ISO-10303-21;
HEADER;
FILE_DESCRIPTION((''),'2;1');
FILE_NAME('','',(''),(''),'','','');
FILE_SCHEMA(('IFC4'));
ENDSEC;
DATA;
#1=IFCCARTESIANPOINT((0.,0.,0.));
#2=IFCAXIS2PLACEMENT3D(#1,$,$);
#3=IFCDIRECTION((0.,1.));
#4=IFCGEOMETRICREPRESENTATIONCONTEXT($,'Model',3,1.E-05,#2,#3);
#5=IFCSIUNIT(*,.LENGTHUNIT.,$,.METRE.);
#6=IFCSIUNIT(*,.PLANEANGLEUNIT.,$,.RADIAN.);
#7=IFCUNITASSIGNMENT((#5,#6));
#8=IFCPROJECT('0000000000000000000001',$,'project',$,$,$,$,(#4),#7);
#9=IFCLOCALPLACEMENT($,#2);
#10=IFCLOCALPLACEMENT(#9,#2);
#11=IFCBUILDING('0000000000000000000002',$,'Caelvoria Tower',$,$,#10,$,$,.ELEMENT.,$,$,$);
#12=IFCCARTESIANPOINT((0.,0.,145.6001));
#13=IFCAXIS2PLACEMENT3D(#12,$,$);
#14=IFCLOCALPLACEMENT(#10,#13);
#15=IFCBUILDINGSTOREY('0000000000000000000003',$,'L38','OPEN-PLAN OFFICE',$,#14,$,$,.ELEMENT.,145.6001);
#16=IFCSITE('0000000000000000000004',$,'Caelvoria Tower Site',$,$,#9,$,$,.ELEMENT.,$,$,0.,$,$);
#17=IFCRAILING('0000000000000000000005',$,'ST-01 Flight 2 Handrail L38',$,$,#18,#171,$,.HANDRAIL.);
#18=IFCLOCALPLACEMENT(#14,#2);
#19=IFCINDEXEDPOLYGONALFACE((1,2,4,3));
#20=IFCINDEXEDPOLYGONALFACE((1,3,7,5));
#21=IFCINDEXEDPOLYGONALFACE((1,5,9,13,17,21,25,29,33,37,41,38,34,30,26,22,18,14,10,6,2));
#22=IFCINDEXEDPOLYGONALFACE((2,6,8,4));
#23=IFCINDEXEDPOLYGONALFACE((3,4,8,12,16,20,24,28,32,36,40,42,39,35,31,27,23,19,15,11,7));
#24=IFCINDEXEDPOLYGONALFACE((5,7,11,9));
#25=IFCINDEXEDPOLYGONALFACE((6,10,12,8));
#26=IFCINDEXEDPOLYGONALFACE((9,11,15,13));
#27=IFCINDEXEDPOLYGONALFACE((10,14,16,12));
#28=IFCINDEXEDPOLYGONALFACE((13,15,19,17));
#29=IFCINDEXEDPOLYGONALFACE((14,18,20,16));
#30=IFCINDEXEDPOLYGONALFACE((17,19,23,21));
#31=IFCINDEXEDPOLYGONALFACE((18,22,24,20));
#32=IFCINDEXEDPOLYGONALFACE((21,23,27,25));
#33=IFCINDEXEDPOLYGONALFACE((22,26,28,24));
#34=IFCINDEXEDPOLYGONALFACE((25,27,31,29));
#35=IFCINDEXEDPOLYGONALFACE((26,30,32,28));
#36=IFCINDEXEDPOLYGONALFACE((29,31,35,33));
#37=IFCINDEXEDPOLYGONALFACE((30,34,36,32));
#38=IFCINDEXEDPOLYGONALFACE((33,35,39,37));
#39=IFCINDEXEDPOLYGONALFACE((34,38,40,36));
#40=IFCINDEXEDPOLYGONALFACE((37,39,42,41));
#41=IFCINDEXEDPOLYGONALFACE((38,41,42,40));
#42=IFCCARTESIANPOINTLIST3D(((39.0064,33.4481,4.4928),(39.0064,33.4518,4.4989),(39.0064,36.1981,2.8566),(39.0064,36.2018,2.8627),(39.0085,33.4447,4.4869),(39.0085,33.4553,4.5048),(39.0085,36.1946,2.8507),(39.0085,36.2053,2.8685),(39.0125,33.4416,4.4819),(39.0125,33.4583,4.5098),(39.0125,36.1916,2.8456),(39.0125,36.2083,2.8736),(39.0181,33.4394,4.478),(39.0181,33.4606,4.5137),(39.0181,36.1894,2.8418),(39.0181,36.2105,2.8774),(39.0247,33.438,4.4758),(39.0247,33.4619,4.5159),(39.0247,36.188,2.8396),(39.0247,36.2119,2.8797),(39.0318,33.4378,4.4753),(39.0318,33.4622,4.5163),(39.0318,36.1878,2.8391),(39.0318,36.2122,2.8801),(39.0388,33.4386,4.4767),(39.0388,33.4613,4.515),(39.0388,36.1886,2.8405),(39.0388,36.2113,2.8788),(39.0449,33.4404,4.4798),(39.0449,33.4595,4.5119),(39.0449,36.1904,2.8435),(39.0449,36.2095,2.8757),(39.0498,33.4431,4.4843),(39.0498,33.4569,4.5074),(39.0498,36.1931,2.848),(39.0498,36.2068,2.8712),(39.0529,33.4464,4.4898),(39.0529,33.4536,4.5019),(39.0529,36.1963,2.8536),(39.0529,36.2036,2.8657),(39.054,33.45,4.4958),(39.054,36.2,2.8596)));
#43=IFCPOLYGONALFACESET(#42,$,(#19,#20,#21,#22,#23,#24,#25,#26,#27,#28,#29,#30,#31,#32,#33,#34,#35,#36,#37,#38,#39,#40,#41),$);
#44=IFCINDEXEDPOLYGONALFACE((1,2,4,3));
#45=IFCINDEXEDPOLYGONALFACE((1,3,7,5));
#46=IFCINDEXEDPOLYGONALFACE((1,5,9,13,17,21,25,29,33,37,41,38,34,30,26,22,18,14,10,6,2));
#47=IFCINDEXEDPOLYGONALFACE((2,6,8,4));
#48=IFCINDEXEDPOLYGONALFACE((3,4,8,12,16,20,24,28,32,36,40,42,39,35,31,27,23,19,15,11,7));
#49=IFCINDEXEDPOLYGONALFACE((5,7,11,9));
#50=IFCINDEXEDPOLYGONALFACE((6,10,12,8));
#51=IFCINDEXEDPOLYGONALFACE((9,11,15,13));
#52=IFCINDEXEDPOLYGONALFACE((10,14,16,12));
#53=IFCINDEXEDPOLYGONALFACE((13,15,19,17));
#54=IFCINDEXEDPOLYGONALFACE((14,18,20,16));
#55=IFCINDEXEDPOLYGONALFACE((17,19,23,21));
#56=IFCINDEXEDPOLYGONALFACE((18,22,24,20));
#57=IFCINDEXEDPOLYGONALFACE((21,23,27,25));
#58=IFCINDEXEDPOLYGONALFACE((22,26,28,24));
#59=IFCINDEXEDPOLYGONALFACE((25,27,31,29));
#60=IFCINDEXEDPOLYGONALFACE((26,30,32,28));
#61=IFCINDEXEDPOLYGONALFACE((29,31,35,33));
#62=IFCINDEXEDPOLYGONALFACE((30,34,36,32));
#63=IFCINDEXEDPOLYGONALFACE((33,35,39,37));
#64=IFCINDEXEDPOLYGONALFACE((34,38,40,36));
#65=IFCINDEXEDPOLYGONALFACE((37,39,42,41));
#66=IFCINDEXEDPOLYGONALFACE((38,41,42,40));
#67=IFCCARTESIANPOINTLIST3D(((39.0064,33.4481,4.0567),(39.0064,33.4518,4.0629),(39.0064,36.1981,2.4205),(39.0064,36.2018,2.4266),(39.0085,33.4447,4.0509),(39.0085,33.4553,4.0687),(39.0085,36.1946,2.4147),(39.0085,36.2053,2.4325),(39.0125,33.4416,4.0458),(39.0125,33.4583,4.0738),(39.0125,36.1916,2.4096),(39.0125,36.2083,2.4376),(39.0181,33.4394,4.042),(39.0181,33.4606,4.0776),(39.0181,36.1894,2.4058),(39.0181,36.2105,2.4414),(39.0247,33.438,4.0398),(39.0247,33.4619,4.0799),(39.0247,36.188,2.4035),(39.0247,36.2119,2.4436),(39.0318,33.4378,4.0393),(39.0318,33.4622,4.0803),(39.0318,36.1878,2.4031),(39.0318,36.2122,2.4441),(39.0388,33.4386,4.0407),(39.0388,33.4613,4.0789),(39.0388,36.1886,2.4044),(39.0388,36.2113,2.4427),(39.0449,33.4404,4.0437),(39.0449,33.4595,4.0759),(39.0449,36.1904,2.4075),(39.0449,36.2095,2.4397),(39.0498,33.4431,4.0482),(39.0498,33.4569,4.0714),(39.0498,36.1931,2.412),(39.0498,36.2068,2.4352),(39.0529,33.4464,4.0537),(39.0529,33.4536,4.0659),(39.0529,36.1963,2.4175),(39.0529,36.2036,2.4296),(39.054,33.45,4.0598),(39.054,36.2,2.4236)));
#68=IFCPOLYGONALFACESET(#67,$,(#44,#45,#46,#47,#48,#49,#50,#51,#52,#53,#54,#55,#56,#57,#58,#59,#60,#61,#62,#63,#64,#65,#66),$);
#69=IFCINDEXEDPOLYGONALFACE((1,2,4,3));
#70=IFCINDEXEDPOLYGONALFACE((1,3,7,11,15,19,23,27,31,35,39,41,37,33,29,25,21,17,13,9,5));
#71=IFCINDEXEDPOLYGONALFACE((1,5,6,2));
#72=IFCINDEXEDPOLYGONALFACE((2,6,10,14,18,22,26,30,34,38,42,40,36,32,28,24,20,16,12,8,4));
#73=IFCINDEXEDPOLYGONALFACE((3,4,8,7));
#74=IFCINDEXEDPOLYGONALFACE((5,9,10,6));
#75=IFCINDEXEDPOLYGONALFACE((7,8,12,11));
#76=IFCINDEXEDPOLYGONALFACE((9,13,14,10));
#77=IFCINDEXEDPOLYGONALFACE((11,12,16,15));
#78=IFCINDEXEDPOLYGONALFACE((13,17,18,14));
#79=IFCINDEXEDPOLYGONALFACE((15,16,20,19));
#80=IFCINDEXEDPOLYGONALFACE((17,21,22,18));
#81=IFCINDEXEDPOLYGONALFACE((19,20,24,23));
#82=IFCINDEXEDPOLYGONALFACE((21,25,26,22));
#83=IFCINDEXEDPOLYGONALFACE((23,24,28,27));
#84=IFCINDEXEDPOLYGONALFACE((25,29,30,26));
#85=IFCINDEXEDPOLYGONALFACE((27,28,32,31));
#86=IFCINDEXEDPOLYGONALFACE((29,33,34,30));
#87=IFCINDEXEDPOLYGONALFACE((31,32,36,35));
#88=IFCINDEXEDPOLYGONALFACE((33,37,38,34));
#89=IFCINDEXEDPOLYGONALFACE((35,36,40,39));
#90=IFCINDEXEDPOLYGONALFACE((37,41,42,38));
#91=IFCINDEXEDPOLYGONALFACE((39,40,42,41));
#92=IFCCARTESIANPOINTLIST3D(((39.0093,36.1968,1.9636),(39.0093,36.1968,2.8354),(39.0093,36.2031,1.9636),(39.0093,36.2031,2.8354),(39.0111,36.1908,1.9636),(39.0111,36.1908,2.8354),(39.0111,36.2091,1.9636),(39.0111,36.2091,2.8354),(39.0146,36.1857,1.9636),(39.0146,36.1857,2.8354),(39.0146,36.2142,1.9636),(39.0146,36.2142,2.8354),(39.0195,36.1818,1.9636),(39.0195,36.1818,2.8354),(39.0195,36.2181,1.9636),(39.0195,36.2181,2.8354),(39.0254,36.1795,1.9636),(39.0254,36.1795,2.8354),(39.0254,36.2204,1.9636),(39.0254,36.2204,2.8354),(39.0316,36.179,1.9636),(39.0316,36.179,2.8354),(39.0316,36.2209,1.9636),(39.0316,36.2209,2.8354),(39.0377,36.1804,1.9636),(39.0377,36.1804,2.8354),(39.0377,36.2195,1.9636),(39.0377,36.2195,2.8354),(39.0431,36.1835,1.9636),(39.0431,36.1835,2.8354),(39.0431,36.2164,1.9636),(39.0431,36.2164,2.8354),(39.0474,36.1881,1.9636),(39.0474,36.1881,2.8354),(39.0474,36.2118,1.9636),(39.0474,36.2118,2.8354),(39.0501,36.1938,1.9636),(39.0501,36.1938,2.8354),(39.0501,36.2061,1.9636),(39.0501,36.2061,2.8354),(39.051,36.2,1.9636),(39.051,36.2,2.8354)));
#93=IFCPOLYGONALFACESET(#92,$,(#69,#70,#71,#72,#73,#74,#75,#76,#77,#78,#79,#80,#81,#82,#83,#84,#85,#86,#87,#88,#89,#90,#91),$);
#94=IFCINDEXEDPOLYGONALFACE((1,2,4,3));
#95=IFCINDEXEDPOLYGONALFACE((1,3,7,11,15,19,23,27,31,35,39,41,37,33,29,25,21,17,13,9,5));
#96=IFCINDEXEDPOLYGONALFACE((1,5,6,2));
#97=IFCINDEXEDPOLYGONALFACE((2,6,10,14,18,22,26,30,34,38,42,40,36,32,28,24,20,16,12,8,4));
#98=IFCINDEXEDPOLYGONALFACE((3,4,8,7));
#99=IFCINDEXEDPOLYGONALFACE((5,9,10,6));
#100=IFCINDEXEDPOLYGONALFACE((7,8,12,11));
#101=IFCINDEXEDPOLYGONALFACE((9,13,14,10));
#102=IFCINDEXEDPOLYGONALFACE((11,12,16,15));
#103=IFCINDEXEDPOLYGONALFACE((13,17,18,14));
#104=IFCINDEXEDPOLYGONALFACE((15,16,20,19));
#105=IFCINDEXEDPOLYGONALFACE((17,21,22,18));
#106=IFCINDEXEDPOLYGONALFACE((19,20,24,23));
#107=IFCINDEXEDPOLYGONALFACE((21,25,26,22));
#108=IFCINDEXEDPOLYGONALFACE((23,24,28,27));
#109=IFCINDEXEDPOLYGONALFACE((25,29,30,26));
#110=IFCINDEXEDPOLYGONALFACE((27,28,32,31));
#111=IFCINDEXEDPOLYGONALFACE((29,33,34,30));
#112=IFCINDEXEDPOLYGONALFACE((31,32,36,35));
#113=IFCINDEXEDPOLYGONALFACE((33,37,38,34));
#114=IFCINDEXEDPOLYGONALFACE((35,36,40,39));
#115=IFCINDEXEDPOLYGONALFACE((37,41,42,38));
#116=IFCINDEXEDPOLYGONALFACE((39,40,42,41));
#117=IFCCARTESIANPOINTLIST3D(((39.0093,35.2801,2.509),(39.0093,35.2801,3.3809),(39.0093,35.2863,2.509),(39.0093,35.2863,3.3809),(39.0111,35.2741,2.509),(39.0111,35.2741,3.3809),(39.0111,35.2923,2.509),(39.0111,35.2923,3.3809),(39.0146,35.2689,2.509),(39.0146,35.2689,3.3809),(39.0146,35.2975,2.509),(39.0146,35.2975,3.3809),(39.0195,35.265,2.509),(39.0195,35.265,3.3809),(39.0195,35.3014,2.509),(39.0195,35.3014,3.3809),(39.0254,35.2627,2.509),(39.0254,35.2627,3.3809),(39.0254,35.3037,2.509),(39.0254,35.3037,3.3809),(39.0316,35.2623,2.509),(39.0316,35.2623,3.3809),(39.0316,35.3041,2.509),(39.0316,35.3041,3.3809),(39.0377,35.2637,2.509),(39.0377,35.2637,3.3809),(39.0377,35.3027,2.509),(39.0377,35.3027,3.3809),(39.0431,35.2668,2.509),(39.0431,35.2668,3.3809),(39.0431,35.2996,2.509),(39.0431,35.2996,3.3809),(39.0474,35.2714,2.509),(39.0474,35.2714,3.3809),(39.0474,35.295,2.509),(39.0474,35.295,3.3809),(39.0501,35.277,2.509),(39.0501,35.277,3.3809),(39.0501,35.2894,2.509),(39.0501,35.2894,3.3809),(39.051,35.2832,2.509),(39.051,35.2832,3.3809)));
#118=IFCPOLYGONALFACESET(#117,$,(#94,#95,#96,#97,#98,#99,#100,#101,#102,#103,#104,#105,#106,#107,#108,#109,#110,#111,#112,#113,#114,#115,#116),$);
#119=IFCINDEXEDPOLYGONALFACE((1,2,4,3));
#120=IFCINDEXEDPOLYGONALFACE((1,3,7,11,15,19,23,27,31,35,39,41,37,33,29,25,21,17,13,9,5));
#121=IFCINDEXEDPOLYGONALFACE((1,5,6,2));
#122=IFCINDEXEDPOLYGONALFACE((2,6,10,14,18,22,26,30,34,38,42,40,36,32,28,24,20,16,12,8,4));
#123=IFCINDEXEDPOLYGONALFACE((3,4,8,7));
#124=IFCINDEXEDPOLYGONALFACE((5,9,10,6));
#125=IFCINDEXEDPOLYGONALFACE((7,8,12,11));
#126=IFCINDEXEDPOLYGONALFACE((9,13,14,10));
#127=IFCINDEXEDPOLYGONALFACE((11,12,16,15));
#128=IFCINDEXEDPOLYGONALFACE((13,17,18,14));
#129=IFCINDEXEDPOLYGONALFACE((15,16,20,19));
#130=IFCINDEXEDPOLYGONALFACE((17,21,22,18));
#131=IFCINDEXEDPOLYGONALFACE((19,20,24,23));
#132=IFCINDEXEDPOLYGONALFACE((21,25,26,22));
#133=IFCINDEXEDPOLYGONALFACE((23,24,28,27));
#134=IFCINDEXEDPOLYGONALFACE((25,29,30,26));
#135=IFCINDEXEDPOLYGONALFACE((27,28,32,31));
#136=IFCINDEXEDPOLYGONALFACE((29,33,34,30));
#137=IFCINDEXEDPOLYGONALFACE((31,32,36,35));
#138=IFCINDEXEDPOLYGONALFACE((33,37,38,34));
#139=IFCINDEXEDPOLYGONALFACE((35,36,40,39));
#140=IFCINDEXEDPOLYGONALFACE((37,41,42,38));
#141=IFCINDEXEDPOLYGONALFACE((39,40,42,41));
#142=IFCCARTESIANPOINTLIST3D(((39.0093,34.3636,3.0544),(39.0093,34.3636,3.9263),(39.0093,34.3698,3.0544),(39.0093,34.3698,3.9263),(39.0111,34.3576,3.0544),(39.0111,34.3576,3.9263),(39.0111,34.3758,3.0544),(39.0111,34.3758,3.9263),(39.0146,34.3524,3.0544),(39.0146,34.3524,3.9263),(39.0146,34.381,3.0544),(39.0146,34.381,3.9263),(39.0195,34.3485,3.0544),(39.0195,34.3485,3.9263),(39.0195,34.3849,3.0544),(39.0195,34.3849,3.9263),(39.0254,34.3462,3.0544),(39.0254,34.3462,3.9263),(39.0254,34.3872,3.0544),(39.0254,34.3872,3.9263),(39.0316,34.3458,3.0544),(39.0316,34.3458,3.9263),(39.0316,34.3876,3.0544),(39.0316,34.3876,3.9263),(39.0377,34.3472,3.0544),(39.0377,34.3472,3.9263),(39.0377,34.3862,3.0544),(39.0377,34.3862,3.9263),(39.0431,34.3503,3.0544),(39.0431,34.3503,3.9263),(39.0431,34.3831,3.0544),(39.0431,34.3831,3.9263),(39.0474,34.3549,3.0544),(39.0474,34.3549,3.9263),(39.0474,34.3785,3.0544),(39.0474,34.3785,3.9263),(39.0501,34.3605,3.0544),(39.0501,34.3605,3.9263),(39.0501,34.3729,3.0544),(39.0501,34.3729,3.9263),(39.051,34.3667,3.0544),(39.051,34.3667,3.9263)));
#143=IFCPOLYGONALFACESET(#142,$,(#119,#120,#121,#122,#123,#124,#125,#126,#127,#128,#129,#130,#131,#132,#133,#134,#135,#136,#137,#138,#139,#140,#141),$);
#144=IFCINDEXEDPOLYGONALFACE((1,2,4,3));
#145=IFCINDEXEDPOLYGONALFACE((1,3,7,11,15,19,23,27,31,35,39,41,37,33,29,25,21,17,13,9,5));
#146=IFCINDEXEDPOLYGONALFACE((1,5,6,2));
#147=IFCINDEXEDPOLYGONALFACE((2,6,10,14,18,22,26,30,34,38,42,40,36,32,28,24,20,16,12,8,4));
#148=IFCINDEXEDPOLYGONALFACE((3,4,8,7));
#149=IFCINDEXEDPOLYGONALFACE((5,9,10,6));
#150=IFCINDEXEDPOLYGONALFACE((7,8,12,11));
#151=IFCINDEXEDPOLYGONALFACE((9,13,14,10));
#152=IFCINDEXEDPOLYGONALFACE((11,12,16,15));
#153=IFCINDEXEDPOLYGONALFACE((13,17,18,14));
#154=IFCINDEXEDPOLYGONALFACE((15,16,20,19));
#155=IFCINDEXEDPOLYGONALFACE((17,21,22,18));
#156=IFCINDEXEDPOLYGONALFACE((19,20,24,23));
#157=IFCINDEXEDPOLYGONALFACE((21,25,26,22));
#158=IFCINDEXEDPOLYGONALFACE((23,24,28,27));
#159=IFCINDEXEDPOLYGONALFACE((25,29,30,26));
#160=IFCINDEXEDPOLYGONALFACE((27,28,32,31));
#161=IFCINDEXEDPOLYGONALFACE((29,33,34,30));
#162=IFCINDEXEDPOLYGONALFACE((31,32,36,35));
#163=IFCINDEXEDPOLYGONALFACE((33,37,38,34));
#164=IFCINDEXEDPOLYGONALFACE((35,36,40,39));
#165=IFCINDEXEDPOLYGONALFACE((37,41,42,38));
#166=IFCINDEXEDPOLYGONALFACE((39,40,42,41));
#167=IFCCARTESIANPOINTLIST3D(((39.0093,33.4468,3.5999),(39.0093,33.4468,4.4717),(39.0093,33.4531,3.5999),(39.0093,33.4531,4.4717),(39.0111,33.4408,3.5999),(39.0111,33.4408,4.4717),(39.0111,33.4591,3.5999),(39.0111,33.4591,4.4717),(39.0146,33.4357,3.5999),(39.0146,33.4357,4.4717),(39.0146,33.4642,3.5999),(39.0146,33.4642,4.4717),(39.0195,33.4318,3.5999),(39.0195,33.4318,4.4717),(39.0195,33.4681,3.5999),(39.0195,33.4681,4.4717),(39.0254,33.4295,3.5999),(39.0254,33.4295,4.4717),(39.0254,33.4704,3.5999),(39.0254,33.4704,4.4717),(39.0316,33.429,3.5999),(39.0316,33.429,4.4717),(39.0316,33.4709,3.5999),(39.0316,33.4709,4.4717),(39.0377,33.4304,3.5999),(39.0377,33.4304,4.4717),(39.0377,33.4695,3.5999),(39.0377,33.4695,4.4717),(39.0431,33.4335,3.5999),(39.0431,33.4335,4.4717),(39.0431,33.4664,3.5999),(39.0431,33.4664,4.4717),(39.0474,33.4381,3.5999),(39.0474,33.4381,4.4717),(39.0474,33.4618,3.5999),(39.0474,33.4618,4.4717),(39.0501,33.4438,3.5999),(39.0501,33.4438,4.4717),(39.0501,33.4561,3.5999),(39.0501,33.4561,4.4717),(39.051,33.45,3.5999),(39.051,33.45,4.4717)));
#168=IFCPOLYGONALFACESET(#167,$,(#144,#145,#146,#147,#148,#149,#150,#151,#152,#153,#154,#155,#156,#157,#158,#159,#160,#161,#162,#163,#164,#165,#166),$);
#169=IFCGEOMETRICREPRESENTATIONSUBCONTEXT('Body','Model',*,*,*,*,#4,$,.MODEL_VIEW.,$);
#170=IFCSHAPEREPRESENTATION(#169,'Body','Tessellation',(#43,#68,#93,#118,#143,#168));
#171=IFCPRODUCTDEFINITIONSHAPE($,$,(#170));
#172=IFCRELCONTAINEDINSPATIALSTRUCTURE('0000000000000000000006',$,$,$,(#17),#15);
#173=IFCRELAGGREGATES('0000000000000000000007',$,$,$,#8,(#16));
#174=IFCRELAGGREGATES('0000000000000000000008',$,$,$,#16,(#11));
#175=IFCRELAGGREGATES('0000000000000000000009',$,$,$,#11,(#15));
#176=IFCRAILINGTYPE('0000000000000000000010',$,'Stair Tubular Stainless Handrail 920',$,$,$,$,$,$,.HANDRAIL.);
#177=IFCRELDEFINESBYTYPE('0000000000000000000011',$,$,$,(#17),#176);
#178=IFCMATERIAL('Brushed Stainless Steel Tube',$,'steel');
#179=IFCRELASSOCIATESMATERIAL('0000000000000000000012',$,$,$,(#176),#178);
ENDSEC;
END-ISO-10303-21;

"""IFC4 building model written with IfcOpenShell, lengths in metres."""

from ifc_helpers import new_model, si_unit, direction, frame, origin, origin_2d, place, context, subcontext, project, spatial, circle, extrude, material, type_object, element, save


model = new_model("IFC4")

# Units and contexts
model_context = context("Model", 3, precision=1e-05, world=origin(), true_north=direction((0.0, 1.0)))
body_context = subcontext(model_context, "Body", "Model", "MODEL_VIEW")
ifc_project = project(units=[si_unit("LENGTHUNIT", "METRE"), si_unit("PLANEANGLEUNIT", "RADIAN")], contexts=[model_context])

# Site, building, storey
site_placement = place(None, origin())
site = spatial("IfcSite", under=ifc_project, at=site_placement, Name="Caelvoria Tower Site", CompositionType="ELEMENT", RefElevation=0.0)
building_placement = place(site_placement, origin())
building = spatial("IfcBuilding", under=site, at=building_placement, Name="Caelvoria Tower", CompositionType="ELEMENT")
storey_placement = place(building_placement, frame((0.0, 0.0, 145.6001)))
storey = spatial("IfcBuildingStorey", under=building, at=storey_placement, Name="L38", Description="OPEN-PLAN OFFICE", CompositionType="ELEMENT", Elevation=145.6001)

# Railing
ifc_material_1 = material(Name="Brushed Stainless Steel Tube", Category="steel")
railing_type_1 = type_object("IfcRailingType", Name="Stair Tubular Stainless Handrail 920", PredefinedType="HANDRAIL", material=ifc_material_1)
railing_1_placement = place(storey_placement, frame((39.03, 36.2, 1.9636)))
element("IfcRailing", 1, at=railing_1_placement, inside=storey, type_object=railing_type_1, Name="ST-01 Flight 2 Handrail L38", PredefinedType="HANDRAIL", context=body_context, shape_type="SweptSolid", body=[
    extrude(circle(Radius=0.0239, at=origin_2d()), frame((0.0, 0.0, 0.896), z_axis=(0.0, -0.859385, 0.511328), x_axis=(1.0, 0.0, 0.0)), (0.0, 0.0, 1.0), 3.2),
    extrude(circle(Radius=0.0239, at=origin_2d()), frame((0.0, 0.0, 0.46), z_axis=(0.0, -0.859385, 0.511328), x_axis=(1.0, 0.0, 0.0)), (0.0, 0.0, 1.0), 3.2),
    extrude(circle(Radius=0.021, at=origin_2d()), origin(), (0.0, 0.0, 1.0), 0.8718),
    extrude(circle(Radius=0.021, at=origin_2d()), frame((0.0, -0.9167, 0.5454)), (0.0, 0.0, 1.0), 0.8718),
    extrude(circle(Radius=0.021, at=origin_2d()), frame((0.0, -1.8333, 1.0908)), (0.0, 0.0, 1.0), 0.8718),
    extrude(circle(Radius=0.021, at=origin_2d()), frame((0.0, -2.75, 1.6362)), (0.0, 0.0, 1.0), 0.8718),
])

save(model, "model.ifc")
